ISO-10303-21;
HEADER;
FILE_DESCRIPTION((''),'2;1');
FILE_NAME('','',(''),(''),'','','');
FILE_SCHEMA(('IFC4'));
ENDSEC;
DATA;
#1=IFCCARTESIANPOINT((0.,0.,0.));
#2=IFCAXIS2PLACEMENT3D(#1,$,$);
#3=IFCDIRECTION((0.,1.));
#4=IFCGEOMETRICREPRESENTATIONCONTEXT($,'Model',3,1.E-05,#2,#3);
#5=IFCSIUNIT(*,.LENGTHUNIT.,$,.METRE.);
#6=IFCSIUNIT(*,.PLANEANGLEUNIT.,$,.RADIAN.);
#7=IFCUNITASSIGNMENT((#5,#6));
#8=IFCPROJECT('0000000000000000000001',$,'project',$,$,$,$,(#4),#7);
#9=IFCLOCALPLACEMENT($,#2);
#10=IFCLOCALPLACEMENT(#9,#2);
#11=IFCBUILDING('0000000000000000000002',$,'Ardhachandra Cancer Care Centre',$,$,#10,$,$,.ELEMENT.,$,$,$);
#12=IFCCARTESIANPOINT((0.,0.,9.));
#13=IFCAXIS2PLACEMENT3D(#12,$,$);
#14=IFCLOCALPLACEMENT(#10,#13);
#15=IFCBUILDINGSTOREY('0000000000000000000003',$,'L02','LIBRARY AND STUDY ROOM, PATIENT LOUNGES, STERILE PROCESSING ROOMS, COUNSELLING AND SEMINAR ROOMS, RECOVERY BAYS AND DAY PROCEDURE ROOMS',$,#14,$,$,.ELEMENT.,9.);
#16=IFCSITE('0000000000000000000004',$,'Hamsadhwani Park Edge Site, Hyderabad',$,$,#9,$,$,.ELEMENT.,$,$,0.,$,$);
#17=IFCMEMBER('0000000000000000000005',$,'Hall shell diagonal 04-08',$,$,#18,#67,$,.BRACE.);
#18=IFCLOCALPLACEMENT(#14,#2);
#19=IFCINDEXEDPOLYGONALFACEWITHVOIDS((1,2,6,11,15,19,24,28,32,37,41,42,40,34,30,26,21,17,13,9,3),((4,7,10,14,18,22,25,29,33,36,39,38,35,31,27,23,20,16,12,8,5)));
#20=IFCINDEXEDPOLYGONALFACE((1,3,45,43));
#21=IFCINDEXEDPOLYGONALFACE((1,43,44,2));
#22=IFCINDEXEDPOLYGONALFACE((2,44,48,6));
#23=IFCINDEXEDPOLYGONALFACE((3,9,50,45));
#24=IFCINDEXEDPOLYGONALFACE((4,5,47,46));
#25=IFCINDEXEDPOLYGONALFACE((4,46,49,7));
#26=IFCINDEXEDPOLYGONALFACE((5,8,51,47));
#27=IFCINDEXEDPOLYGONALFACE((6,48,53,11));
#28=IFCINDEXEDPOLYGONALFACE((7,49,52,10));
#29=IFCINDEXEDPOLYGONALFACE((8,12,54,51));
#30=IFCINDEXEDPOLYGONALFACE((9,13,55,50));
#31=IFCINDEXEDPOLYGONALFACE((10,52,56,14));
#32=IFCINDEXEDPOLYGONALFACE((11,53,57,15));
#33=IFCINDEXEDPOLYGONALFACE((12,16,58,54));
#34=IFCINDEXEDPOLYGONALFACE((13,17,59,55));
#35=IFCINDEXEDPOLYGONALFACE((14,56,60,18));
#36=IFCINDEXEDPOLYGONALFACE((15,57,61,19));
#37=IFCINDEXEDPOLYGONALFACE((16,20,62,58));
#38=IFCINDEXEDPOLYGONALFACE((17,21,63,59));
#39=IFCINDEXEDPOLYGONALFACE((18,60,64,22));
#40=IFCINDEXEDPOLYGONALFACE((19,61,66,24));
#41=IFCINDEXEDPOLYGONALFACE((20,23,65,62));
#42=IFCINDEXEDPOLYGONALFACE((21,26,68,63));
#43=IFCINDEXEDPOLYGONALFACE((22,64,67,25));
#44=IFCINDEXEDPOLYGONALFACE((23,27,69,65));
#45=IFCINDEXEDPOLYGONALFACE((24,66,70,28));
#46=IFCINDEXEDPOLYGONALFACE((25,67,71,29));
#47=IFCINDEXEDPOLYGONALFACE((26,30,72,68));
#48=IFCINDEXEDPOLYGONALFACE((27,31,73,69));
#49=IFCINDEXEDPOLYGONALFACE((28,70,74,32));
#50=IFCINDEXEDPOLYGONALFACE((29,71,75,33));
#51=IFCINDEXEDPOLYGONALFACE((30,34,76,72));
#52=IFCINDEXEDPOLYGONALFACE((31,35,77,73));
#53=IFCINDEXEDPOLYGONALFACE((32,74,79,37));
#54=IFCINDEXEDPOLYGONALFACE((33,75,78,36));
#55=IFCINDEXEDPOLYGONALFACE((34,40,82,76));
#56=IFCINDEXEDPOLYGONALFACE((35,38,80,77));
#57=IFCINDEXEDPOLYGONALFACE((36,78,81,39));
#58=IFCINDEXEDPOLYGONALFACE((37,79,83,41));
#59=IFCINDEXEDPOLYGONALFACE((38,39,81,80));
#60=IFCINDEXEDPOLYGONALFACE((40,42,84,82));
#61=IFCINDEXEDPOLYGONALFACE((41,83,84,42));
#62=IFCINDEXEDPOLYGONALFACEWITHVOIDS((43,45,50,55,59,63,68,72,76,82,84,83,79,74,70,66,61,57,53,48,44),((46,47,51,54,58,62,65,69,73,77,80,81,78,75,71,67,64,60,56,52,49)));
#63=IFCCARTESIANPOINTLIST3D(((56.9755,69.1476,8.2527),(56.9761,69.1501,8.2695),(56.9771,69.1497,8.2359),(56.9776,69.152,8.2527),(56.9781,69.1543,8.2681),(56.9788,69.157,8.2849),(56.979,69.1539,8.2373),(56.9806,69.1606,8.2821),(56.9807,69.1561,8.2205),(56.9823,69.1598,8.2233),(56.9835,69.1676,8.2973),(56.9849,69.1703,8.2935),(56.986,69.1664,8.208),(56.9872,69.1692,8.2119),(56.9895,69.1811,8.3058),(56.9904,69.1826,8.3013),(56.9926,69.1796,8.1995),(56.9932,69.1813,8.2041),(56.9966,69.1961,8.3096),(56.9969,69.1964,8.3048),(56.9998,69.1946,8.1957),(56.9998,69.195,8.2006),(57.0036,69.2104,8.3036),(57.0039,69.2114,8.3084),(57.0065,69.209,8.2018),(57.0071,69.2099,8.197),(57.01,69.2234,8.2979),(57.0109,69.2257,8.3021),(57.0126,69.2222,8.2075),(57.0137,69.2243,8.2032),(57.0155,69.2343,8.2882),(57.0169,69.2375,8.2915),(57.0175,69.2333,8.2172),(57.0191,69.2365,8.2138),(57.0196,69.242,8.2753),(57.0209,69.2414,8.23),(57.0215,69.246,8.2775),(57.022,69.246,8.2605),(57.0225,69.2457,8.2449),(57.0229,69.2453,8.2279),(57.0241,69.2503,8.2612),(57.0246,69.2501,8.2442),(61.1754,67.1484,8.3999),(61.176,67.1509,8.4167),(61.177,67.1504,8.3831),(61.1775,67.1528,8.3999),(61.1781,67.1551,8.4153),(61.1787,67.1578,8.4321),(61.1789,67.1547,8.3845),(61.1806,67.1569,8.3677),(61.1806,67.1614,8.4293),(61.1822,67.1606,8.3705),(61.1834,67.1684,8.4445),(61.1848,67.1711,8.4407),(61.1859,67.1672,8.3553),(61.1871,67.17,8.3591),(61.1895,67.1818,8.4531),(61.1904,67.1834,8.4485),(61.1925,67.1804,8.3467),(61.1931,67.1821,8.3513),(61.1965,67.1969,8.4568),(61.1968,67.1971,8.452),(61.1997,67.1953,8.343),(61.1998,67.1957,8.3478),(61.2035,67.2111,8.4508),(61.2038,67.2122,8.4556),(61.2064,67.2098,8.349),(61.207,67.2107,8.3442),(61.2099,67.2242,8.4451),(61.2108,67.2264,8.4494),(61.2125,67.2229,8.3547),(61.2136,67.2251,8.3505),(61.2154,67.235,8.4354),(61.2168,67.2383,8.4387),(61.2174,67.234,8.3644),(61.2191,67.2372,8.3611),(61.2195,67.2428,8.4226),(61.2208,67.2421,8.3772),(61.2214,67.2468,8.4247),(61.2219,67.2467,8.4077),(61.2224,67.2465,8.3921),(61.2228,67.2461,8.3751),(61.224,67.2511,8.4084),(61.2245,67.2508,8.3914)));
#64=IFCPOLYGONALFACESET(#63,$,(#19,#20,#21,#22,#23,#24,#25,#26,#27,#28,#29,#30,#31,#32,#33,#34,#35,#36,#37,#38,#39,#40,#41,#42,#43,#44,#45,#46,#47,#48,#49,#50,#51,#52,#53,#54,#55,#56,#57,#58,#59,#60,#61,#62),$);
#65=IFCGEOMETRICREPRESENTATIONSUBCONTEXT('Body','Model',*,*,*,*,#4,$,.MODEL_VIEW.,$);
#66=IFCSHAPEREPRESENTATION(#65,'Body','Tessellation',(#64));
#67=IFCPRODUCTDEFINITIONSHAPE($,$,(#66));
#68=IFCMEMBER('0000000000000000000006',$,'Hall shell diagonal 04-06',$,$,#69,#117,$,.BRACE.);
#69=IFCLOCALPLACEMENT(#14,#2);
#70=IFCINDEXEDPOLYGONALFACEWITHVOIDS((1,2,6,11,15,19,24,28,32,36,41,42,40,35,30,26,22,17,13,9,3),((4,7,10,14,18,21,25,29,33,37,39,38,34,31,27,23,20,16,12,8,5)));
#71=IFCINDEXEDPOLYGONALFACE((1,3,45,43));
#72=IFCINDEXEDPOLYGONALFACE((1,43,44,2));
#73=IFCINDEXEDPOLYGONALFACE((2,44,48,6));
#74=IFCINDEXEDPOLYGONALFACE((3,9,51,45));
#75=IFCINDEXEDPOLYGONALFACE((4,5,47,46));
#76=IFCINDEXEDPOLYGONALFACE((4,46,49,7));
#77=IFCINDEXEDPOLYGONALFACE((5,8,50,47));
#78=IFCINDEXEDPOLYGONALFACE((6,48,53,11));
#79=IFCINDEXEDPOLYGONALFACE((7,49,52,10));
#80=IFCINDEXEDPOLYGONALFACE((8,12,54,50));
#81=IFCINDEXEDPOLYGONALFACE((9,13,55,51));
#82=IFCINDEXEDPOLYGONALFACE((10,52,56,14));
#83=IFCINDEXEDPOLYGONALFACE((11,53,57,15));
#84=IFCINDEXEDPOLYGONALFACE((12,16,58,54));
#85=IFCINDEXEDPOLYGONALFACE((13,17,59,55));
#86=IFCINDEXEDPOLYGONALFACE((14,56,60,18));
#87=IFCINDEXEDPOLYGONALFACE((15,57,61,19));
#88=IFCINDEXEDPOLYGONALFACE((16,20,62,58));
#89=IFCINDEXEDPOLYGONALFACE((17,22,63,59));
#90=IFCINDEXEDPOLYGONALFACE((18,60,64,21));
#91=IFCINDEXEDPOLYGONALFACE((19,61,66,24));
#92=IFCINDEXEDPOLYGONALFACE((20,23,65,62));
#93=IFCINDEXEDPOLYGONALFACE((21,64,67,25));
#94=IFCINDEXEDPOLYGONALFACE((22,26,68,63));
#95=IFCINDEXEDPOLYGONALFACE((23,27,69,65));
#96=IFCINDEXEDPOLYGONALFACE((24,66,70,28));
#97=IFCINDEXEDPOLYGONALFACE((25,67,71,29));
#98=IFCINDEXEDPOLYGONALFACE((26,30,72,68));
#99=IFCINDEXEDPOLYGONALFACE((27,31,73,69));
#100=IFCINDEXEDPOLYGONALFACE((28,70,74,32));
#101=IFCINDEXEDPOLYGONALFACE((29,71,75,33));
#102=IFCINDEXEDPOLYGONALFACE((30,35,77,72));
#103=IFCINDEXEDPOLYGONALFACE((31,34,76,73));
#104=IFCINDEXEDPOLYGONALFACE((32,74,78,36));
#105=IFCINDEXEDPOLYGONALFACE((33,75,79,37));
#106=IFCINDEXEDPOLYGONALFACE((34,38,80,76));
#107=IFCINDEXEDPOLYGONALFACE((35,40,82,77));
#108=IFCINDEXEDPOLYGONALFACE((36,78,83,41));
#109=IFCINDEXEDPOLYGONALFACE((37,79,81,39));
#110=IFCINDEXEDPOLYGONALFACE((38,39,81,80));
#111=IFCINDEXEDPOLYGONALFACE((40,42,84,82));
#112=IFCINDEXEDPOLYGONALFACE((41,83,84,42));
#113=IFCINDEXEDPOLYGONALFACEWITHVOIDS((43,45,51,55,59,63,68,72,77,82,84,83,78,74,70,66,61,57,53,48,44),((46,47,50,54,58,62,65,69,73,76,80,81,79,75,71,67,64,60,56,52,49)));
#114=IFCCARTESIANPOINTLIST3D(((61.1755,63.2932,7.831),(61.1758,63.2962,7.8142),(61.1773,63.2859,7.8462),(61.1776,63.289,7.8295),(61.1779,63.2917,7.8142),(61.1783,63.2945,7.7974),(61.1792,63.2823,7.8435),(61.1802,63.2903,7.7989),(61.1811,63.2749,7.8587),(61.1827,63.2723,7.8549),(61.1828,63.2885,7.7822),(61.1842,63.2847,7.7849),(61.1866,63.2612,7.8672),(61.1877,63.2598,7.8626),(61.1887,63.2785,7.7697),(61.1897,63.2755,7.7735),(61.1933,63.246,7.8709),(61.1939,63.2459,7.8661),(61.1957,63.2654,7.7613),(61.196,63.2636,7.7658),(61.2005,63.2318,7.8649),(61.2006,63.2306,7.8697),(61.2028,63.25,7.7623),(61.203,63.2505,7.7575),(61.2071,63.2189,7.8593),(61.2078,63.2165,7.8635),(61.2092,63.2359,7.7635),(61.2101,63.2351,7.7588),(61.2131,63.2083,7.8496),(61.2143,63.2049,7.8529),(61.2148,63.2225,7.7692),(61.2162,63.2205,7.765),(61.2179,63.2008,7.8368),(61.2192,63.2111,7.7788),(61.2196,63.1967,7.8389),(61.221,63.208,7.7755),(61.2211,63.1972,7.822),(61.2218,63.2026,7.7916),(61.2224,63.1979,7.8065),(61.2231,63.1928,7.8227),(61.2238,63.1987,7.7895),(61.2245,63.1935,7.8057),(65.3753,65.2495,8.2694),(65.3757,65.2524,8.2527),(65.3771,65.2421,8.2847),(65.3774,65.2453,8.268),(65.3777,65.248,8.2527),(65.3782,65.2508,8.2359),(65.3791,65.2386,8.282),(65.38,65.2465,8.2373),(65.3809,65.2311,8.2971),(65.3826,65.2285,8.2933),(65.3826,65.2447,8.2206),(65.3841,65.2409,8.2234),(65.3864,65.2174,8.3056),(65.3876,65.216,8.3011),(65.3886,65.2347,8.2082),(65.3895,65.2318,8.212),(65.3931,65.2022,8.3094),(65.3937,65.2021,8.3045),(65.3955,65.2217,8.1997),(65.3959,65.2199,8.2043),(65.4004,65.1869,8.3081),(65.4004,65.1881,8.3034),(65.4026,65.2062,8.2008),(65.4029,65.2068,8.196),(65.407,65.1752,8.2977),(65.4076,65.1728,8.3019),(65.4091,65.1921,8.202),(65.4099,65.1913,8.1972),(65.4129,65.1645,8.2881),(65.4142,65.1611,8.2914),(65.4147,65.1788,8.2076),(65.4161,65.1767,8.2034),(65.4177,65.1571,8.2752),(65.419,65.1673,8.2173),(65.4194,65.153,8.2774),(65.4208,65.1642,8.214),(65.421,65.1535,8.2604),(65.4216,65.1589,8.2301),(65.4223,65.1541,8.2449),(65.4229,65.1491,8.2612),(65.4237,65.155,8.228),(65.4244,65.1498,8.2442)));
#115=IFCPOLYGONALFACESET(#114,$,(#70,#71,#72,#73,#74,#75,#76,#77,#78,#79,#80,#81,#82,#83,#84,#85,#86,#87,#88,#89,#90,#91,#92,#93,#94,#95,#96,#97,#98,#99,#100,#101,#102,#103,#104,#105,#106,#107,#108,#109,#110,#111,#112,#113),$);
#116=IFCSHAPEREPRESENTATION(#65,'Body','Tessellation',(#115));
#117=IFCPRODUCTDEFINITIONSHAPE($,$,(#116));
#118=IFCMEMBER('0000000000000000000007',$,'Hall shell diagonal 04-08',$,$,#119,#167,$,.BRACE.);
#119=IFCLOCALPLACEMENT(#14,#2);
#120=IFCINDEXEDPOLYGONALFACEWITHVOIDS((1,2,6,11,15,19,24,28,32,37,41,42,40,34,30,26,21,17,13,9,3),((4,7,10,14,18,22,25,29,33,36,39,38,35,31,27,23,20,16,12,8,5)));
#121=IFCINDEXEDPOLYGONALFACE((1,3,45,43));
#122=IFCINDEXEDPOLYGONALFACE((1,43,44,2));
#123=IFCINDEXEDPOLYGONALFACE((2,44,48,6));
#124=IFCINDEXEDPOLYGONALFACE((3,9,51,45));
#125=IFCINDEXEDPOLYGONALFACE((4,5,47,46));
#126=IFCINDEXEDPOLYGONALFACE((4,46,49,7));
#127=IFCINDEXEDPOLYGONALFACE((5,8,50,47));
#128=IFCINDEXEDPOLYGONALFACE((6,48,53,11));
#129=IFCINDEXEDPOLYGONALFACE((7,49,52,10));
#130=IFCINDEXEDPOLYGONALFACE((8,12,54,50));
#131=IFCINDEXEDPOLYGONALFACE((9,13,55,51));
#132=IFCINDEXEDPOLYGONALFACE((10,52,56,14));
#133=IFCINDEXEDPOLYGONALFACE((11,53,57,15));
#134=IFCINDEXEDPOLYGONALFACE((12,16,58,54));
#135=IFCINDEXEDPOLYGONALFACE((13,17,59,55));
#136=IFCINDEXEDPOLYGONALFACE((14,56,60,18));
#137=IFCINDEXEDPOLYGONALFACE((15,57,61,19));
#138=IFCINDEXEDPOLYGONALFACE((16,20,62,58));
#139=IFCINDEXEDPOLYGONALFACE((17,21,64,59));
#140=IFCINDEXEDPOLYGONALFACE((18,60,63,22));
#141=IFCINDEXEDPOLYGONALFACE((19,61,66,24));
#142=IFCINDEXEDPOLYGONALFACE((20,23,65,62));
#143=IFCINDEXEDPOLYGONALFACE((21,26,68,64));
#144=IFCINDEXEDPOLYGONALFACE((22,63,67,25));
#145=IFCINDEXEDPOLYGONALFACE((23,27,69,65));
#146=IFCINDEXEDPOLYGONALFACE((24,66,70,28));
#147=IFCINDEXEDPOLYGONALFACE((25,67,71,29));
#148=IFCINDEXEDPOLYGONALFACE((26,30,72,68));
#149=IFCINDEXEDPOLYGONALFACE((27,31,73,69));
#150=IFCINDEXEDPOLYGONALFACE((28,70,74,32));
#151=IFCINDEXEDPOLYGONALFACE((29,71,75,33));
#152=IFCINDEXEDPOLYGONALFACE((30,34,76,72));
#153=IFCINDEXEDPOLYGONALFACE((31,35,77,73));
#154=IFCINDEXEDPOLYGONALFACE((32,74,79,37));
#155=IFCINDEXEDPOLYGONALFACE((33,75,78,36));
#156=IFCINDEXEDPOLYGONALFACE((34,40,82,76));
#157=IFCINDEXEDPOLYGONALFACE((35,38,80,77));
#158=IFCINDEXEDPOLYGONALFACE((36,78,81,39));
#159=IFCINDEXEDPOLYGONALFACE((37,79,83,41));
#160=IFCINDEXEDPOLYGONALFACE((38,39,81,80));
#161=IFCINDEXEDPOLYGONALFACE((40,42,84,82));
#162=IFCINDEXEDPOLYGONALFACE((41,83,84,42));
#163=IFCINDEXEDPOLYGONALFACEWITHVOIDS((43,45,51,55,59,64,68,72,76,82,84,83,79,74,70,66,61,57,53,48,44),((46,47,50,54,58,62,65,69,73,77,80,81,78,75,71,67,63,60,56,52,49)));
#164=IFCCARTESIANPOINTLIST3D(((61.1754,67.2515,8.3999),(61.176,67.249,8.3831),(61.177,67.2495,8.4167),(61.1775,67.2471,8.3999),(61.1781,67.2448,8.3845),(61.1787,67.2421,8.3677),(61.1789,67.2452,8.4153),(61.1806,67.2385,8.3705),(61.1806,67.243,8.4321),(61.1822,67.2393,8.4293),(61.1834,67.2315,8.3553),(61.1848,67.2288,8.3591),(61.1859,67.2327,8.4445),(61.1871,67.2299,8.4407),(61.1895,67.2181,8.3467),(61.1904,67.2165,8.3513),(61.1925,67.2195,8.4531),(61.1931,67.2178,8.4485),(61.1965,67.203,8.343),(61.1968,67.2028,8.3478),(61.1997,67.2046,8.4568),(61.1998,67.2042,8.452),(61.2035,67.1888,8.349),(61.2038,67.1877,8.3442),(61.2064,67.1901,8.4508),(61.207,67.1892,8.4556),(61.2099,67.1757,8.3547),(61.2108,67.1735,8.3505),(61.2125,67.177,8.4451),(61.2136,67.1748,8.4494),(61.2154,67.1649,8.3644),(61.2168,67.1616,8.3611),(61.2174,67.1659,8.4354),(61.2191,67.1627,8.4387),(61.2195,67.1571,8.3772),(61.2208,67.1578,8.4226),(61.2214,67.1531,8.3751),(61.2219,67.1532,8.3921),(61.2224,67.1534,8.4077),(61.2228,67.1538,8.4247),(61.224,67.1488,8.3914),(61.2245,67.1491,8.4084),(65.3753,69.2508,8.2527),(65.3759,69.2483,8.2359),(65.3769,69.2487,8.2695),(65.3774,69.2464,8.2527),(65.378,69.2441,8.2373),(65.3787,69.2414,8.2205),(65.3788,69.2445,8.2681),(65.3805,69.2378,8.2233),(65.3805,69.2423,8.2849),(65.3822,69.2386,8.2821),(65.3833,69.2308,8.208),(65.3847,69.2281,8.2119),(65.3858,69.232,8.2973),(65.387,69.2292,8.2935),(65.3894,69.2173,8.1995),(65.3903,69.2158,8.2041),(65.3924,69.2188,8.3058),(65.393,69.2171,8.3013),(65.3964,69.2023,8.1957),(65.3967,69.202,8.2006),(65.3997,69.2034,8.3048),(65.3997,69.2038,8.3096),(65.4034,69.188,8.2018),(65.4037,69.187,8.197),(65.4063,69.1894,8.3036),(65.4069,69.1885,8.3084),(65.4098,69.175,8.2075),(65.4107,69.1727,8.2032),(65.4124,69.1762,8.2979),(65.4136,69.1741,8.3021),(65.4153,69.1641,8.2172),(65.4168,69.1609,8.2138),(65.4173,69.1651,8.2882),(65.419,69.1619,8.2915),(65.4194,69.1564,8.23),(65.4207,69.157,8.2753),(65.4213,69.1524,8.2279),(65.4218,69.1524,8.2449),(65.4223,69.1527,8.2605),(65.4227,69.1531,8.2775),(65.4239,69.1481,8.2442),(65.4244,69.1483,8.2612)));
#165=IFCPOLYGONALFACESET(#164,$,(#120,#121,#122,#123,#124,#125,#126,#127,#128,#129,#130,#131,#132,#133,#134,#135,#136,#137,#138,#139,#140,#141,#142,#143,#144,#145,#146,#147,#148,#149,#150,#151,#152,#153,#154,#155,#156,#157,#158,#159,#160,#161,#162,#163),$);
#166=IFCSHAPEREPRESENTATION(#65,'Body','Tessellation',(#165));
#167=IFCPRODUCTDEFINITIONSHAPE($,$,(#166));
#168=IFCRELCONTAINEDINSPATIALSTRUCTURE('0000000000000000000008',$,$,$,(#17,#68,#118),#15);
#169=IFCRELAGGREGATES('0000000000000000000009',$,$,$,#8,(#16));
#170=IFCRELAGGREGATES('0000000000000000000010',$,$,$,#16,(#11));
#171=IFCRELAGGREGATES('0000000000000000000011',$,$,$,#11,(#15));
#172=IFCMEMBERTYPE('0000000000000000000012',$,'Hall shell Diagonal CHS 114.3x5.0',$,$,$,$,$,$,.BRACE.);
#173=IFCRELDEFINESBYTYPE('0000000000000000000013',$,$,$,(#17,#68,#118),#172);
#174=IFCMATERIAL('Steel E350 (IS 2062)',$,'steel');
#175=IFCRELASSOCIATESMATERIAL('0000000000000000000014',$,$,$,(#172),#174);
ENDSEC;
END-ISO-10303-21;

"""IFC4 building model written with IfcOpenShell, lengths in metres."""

from ifc_helpers import new_model, si_unit, direction, frame, origin, origin_2d, place, context, subcontext, project, spatial, hollow_circle, extrude, material, material_profile, profile_set, type_object, element, save


model = new_model("IFC4")

# Units and contexts
model_context = context("Model", 3, precision=1e-05, world=origin(), true_north=direction((0.0, 1.0)))
body_context = subcontext(model_context, "Body", "Model", "MODEL_VIEW")
ifc_project = project(units=[si_unit("LENGTHUNIT", "METRE"), si_unit("PLANEANGLEUNIT", "RADIAN")], contexts=[model_context])

# Site, building, storey
site_placement = place(None, origin())
site = spatial("IfcSite", under=ifc_project, at=site_placement, Name="Hamsadhwani Park Edge Site, Hyderabad", CompositionType="ELEMENT", RefElevation=0.0)
building_placement = place(site_placement, origin())
building = spatial("IfcBuilding", under=site, at=building_placement, Name="Ardhachandra Cancer Care Centre", CompositionType="ELEMENT")
storey_placement = place(building_placement, frame((0.0, 0.0, 9.0)))
storey = spatial("IfcBuildingStorey", under=building, at=storey_placement, Name="L02", Description="LIBRARY AND STUDY ROOM, PATIENT LOUNGES, STERILE PROCESSING ROOMS, COUNSELLING AND SEMINAR ROOMS, RECOVERY BAYS AND DAY PROCEDURE ROOMS", CompositionType="ELEMENT", Elevation=9.0)

# Members
ifc_material_1 = material(Name="Steel E350 (IS 2062)", Category="steel")
ifc_material_profile_1 = material_profile(ifc_material_1, hollow_circle(Radius=0.0571, WallThickness=0.0049, at=origin_2d()), Name="CHS 114.3x5.0")
ifc_profile_set_1 = profile_set([ifc_material_profile_1], Name="Steel E350 (IS 2062)")
member_type_1 = type_object("IfcMemberType", Name="Hall shell Diagonal CHS 114.3x5.0", PredefinedType="BRACE", material=ifc_profile_set_1)
for number, where, z_axis, x_axis, name in (
    (1, (61.2, 67.2, 8.3999), (-0.902468, 0.429594, -0.031633), (-0.429809, -0.90292, 0.0), "Hall shell diagonal 04-08"),
    (2, (61.2, 63.2444, 7.8142), (0.902455, 0.420355, 0.094217), (-0.422233, 0.906487, 0.0), "Hall shell diagonal 04-06"),
    (3, (61.2, 67.2, 8.3999), (0.902468, 0.429594, -0.031633), (-0.429809, 0.90292, 0.0), "Hall shell diagonal 04-08"),
):
    element("IfcMember", number, at=place(storey_placement, frame(where, z_axis=z_axis, x_axis=x_axis)), inside=storey, type_object=member_type_1, Name=name, PredefinedType="BRACE", context=body_context, shape_type="SweptSolid", body=[
        extrude(hollow_circle(Radius=0.0571, WallThickness=0.0049, at=origin_2d()), origin(), (0.0, 0.0, 1.0), 4.6538),
    ])

save(model, "model.ifc")
